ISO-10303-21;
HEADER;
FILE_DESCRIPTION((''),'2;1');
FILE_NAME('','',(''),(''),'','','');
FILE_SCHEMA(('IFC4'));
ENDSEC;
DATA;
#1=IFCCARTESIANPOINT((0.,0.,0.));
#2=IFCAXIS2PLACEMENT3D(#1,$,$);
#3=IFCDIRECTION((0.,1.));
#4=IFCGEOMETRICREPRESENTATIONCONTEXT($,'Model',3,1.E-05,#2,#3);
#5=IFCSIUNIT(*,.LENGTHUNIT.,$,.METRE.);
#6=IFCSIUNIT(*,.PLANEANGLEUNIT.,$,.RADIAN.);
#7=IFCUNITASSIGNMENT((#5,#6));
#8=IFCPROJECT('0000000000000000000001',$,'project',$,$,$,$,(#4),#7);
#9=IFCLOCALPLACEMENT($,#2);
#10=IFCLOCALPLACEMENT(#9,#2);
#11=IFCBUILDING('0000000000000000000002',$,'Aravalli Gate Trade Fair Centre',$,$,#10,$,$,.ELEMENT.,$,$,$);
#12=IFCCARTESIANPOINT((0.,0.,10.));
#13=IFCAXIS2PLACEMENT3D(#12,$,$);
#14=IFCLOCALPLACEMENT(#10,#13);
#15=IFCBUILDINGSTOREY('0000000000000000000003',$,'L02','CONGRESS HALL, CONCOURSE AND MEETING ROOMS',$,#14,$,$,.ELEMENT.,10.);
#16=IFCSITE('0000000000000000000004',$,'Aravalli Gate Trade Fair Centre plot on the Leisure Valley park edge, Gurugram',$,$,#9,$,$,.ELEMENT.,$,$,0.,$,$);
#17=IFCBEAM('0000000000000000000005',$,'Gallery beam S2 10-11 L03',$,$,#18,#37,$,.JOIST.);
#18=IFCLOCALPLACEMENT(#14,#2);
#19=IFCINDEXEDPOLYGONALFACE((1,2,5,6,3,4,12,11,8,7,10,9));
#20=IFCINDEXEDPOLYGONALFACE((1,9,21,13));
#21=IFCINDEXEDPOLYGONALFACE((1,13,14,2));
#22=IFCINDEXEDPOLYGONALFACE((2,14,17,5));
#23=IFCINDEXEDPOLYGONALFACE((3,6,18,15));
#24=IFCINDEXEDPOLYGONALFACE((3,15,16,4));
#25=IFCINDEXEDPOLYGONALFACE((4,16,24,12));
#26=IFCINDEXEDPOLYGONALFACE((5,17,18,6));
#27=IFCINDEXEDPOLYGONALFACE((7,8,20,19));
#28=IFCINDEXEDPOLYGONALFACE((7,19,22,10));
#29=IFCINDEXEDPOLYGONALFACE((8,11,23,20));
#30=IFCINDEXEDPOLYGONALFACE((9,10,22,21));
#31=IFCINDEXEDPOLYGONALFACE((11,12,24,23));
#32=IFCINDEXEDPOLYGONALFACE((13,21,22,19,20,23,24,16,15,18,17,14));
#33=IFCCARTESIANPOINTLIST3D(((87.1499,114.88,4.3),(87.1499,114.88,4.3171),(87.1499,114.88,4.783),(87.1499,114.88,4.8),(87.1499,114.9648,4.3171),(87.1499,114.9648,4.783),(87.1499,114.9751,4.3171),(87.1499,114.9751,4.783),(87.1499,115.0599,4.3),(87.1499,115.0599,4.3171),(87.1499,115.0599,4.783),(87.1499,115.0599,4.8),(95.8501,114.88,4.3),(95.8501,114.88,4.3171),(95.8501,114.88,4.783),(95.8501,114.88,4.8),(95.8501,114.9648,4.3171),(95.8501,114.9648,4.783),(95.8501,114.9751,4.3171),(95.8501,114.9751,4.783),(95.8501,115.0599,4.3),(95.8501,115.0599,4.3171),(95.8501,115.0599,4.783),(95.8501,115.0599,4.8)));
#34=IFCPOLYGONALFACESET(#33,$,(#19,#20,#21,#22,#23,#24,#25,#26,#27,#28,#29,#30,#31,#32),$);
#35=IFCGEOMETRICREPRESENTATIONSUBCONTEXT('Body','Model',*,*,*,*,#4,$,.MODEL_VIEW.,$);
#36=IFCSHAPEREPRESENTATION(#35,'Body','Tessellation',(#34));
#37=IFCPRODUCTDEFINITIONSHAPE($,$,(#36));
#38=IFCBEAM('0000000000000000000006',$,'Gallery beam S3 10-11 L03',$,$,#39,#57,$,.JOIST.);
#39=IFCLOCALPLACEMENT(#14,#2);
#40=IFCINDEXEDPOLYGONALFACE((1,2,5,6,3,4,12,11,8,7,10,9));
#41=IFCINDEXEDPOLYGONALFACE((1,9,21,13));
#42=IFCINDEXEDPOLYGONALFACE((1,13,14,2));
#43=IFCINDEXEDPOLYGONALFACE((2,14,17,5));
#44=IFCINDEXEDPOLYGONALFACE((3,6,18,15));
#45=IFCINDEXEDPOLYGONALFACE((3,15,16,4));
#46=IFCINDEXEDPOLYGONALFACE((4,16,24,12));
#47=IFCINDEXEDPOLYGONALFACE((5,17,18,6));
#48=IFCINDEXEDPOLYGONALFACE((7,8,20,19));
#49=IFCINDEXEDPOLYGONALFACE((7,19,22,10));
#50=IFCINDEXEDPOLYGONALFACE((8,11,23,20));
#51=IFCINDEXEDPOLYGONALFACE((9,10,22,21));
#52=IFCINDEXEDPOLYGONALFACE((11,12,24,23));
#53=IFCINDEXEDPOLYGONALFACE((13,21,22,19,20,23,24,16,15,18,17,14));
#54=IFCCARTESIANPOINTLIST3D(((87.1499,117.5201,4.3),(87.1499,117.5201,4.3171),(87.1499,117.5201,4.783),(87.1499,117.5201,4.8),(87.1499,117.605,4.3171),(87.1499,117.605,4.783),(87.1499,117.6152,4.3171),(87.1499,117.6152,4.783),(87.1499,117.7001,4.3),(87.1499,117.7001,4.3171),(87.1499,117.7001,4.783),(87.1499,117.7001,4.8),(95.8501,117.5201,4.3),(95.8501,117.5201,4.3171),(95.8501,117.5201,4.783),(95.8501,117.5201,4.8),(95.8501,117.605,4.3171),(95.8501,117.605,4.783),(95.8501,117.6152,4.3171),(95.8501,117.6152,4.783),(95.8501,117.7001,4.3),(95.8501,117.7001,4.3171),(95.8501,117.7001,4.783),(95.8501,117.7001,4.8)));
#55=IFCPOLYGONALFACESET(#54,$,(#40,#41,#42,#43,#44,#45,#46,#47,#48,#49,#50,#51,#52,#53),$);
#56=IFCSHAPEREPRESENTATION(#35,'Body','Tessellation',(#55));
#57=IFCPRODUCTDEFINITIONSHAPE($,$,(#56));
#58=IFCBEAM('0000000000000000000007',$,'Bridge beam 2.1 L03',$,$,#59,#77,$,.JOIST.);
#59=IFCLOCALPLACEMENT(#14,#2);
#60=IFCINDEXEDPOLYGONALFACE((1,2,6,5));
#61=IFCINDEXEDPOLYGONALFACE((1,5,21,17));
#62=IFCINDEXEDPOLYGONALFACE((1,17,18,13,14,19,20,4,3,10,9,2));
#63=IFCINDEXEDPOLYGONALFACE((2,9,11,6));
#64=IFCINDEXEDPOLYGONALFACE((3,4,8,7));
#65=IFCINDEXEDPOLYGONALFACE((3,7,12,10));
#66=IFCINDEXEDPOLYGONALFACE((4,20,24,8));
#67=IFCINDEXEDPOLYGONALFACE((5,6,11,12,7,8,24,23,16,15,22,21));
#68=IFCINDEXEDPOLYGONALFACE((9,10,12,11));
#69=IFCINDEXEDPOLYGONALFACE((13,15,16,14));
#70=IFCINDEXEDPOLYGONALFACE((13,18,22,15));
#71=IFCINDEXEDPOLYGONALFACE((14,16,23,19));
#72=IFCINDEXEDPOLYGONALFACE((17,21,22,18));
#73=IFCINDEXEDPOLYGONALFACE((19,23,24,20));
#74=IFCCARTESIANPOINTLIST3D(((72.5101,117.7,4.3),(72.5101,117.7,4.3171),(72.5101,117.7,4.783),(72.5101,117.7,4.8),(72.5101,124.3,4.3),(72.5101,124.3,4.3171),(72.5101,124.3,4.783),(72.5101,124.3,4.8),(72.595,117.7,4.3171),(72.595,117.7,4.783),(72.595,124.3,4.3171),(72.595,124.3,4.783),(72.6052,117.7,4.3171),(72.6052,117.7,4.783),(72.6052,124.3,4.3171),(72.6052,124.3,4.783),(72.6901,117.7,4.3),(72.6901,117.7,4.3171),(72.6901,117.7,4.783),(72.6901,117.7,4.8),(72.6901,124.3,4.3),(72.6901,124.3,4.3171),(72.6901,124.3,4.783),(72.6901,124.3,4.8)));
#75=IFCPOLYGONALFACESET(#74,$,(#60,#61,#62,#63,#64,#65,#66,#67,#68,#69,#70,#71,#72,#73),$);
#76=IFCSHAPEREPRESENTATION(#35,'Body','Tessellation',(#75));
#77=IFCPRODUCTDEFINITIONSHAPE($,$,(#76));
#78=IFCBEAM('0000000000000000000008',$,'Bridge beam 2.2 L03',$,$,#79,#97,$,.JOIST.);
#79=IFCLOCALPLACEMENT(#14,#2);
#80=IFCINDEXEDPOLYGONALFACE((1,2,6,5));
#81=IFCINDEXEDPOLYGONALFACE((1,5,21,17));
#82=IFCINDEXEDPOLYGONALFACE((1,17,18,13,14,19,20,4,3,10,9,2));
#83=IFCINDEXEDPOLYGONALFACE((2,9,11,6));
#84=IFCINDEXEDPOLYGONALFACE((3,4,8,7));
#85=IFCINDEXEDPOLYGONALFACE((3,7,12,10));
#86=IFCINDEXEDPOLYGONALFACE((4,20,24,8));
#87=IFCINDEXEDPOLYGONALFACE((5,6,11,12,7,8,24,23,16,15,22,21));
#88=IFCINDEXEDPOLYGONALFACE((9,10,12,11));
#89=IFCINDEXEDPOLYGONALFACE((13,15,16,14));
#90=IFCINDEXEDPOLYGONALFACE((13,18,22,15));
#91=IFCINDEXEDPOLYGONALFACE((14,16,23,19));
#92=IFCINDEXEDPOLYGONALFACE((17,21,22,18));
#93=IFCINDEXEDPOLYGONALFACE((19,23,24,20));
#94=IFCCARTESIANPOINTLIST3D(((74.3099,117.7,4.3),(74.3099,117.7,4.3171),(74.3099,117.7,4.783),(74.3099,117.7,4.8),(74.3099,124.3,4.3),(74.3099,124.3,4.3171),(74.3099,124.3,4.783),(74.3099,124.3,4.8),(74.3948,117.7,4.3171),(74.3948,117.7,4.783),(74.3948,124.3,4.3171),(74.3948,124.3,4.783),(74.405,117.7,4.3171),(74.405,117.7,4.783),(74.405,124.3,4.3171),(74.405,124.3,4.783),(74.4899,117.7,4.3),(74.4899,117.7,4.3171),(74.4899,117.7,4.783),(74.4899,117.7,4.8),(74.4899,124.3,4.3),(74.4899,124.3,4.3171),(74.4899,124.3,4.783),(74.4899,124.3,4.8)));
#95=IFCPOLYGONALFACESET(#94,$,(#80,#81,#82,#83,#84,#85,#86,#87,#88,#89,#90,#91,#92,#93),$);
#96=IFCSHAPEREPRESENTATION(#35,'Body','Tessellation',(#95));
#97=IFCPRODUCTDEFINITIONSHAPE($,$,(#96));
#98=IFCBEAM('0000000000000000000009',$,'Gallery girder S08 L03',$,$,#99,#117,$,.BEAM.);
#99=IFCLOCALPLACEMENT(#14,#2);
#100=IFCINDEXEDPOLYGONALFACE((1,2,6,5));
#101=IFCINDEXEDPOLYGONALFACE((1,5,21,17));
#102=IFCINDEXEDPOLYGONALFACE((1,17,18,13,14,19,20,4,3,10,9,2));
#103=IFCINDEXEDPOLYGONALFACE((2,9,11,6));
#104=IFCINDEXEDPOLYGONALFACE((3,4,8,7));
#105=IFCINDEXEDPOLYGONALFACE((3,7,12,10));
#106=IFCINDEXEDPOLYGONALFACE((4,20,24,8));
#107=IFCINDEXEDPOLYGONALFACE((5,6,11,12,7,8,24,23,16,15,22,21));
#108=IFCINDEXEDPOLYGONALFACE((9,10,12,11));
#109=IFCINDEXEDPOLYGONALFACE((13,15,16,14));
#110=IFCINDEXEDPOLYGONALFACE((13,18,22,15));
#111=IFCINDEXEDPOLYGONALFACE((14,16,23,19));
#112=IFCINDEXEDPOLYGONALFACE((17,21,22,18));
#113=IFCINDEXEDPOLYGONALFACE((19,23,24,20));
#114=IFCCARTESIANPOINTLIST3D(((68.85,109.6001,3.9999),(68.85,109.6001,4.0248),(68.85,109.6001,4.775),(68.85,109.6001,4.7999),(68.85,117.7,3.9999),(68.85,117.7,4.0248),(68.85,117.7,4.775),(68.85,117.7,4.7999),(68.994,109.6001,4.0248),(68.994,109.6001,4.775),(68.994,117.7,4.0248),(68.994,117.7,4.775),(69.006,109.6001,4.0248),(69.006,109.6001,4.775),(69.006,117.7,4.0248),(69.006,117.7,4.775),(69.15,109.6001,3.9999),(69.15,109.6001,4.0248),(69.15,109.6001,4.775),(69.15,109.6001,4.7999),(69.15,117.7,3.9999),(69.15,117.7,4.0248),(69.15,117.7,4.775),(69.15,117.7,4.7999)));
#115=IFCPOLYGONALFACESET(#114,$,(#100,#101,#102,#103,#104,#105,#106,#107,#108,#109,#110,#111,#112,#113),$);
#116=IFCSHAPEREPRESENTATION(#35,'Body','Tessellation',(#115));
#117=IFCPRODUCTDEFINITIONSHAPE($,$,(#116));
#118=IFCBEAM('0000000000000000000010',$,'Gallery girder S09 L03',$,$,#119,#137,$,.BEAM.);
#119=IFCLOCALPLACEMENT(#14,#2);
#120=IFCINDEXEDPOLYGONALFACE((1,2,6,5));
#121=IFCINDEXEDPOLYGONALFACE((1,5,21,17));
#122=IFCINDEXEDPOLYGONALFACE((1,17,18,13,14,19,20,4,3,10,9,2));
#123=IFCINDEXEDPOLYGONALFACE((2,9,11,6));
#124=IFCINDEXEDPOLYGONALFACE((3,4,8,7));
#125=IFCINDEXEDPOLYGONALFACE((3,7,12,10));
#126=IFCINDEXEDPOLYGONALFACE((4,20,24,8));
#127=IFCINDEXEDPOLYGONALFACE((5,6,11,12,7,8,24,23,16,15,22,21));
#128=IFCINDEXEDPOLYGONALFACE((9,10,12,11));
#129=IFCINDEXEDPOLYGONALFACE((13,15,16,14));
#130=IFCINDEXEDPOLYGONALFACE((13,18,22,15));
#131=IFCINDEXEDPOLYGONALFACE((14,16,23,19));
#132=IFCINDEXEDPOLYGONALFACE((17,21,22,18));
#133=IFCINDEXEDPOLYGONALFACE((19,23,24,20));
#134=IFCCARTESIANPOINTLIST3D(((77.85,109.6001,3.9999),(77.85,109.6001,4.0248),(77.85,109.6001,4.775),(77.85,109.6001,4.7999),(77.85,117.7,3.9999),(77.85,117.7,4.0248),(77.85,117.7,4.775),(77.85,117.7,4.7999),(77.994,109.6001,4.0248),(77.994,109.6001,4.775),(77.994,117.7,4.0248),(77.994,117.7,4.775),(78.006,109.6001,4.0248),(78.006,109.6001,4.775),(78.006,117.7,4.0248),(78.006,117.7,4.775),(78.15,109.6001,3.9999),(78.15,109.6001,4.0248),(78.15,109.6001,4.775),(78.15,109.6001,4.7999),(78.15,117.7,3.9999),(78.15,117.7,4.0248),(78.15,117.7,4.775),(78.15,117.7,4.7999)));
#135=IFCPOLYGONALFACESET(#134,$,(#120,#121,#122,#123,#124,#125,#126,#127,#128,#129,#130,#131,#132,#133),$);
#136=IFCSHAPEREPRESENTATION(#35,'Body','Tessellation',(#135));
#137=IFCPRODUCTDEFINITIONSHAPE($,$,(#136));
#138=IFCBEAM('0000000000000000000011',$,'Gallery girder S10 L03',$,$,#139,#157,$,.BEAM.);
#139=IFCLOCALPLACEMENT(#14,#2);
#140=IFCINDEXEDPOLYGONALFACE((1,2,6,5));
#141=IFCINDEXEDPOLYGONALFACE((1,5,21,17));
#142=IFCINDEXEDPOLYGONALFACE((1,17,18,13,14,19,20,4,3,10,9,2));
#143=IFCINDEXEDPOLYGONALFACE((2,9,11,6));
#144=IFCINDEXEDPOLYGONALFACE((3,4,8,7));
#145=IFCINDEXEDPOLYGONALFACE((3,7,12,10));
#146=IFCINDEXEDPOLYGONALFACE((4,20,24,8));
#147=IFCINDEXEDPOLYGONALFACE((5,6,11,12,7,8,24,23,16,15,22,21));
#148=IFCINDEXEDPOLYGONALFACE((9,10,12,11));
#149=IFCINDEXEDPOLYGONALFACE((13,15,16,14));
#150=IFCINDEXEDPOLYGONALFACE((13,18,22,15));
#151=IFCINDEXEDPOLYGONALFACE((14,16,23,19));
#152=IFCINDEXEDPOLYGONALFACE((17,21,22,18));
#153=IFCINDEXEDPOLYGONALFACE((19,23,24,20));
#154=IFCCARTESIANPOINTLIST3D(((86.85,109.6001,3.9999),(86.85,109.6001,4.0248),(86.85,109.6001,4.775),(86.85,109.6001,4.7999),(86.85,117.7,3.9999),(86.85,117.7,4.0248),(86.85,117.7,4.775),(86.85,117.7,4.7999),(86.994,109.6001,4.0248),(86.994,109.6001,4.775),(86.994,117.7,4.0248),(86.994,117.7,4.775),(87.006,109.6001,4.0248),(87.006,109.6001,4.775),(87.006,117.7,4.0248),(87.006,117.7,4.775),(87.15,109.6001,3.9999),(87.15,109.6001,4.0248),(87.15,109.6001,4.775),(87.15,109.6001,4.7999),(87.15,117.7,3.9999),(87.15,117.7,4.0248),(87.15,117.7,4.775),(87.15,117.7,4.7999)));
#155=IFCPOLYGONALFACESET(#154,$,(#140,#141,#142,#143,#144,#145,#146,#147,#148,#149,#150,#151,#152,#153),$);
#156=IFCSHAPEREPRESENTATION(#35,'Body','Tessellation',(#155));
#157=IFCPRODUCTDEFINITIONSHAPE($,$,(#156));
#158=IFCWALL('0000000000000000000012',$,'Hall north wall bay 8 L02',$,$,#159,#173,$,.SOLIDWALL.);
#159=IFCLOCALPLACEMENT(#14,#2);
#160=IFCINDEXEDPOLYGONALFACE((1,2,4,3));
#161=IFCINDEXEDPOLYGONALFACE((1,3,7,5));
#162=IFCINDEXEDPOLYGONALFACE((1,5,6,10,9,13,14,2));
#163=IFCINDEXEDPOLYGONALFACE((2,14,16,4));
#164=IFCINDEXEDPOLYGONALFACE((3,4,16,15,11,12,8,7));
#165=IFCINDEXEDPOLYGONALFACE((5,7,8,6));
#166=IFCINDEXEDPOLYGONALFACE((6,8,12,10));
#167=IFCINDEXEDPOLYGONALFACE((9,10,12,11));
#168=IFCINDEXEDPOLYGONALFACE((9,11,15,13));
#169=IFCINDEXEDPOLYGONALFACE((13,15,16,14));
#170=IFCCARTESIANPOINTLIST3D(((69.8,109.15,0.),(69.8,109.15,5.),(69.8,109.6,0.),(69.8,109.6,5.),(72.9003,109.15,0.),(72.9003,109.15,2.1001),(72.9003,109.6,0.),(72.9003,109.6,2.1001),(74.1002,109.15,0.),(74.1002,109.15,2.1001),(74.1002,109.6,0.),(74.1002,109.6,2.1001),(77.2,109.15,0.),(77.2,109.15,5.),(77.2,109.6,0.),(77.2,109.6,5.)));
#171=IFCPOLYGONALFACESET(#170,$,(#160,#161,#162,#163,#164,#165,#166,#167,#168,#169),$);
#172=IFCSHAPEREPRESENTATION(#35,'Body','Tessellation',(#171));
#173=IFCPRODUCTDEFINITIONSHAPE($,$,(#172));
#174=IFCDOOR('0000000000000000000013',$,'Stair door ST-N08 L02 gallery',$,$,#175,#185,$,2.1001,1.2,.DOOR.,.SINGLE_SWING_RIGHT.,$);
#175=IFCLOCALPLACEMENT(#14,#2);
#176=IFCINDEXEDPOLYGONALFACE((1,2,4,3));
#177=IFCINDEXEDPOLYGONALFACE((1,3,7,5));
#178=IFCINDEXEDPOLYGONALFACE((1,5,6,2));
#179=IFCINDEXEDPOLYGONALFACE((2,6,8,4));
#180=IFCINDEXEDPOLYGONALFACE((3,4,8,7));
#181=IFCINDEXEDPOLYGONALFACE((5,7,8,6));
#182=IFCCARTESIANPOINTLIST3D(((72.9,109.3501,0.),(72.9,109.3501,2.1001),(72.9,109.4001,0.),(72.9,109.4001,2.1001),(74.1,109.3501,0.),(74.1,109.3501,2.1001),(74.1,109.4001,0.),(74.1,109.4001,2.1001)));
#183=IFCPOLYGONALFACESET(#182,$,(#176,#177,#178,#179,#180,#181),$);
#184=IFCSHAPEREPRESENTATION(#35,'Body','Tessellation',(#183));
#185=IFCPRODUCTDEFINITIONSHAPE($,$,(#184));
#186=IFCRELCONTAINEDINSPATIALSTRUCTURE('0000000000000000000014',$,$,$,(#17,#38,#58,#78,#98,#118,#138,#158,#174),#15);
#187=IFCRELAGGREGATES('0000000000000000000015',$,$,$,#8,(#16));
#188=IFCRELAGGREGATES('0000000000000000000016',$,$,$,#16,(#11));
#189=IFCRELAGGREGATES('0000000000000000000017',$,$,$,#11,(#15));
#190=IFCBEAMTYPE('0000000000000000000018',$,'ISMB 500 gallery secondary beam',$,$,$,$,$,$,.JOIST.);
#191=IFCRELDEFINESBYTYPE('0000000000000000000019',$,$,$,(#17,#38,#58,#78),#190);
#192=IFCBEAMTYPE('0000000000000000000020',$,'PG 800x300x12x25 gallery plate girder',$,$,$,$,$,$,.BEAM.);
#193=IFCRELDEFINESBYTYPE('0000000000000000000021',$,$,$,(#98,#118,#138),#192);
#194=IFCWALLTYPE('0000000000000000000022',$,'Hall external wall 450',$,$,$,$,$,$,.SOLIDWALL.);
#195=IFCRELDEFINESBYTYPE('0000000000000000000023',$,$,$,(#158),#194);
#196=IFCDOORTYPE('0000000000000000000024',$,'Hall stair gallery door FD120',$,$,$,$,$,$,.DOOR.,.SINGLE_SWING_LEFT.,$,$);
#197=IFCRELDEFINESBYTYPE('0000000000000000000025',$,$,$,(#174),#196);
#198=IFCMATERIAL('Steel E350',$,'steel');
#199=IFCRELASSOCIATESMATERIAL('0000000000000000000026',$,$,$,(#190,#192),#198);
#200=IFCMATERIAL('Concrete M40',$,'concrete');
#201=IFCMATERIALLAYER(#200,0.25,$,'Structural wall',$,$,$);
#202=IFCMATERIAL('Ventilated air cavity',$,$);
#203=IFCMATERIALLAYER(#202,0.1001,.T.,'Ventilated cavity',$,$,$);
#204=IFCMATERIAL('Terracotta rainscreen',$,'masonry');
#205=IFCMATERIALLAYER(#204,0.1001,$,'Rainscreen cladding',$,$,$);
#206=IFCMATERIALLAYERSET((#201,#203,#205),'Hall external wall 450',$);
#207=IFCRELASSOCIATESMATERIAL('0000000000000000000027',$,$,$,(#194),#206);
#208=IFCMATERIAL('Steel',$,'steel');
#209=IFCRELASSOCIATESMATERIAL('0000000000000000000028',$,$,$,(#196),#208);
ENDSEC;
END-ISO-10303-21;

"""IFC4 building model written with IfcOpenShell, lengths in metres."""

from ifc_helpers import new_model, si_unit, direction, frame, frame_2d, origin, origin_2d, place, context, subcontext, project, spatial, rectangle, i_section, extrude, material, layer, layer_set, material_profile, profile_set, type_object, element, fill, save


model = new_model("IFC4")

# Units and contexts
model_context = context("Model", 3, precision=1e-05, world=origin(), true_north=direction((0.0, 1.0)))
body_context = subcontext(model_context, "Body", "Model", "MODEL_VIEW")
ifc_project = project(units=[si_unit("LENGTHUNIT", "METRE"), si_unit("PLANEANGLEUNIT", "RADIAN")], contexts=[model_context])

# Site, building, storey
site_placement = place(None, origin())
site = spatial("IfcSite", under=ifc_project, at=site_placement, Name="Aravalli Gate Trade Fair Centre plot on the Leisure Valley park edge, Gurugram", CompositionType="ELEMENT", RefElevation=0.0)
building_placement = place(site_placement, origin())
building = spatial("IfcBuilding", under=site, at=building_placement, Name="Aravalli Gate Trade Fair Centre", CompositionType="ELEMENT")
storey_placement = place(building_placement, frame((0.0, 0.0, 10.0)))
storey = spatial("IfcBuildingStorey", under=building, at=storey_placement, Name="L02", Description="CONGRESS HALL, CONCOURSE AND MEETING ROOMS", CompositionType="ELEMENT", Elevation=10.0)

# Beams
ifc_material_1 = material(Name="Steel E350", Category="steel")
ifc_material_profile_1 = material_profile(ifc_material_1, i_section(OverallWidth=0.1799, OverallDepth=0.5, WebThickness=0.0103, FlangeThickness=0.0171, at=origin_2d()), Name="ISMB 500")
ifc_profile_set_1 = profile_set([ifc_material_profile_1], Name="Steel E350")
beam_type_1 = type_object("IfcBeamType", Name="ISMB 500 gallery secondary beam", PredefinedType="JOIST", material=ifc_profile_set_1)
for number, where, z_axis, x_axis, name in (
    (1, (87.1499, 114.97, 4.55), (1.0, 0.0, 0.0), (0.0, 1.0, 0.0), "Gallery beam S2 10-11 L03"),
    (2, (87.1499, 117.6101, 4.55), (1.0, 0.0, 0.0), (0.0, 1.0, 0.0), "Gallery beam S3 10-11 L03"),
):
    element("IfcBeam", number, at=place(storey_placement, frame(where, z_axis=z_axis, x_axis=x_axis)), inside=storey, type_object=beam_type_1, Name=name, PredefinedType="JOIST", context=body_context, shape_type="SweptSolid", body=[
        extrude(i_section(OverallWidth=0.1799, OverallDepth=0.5, WebThickness=0.0103, FlangeThickness=0.0171, at=origin_2d()), origin(), (0.0, 0.0, 1.0), 8.7002),
    ])
for number, where, z_axis, x_axis, name in (
    (3, (72.6001, 117.7, 4.55), (0.0, 1.0, 0.0), (-1.0, 0.0, 0.0), "Bridge beam 2.1 L03"),
    (4, (74.3999, 117.7, 4.55), (0.0, 1.0, 0.0), (-1.0, 0.0, 0.0), "Bridge beam 2.2 L03"),
):
    element("IfcBeam", number, at=place(storey_placement, frame(where, z_axis=z_axis, x_axis=x_axis)), inside=storey, type_object=beam_type_1, Name=name, PredefinedType="JOIST", context=body_context, shape_type="SweptSolid", body=[
        extrude(i_section(OverallWidth=0.1799, OverallDepth=0.5, WebThickness=0.0103, FlangeThickness=0.0171, at=origin_2d()), origin(), (0.0, 0.0, 1.0), 6.6001),
    ])
ifc_material_profile_2 = material_profile(ifc_material_1, i_section(OverallWidth=0.3, OverallDepth=0.8, WebThickness=0.012, FlangeThickness=0.0249, at=origin_2d()), Name="PG 800x300x12x25")
ifc_profile_set_2 = profile_set([ifc_material_profile_2], Name="Steel E350")
beam_type_2 = type_object("IfcBeamType", Name="PG 800x300x12x25 gallery plate girder", PredefinedType="BEAM", material=ifc_profile_set_2)
for number, where, z_axis, x_axis, name in (
    (5, (69.0, 109.6001, 4.3999), (0.0, 1.0, 0.0), (-1.0, 0.0, 0.0), "Gallery girder S08 L03"),
    (6, (78.0, 109.6001, 4.3999), (0.0, 1.0, 0.0), (-1.0, 0.0, 0.0), "Gallery girder S09 L03"),
    (7, (87.0, 109.6001, 4.3999), (0.0, 1.0, 0.0), (-1.0, 0.0, 0.0), "Gallery girder S10 L03"),
):
    element("IfcBeam", number, at=place(storey_placement, frame(where, z_axis=z_axis, x_axis=x_axis)), inside=storey, type_object=beam_type_2, Name=name, PredefinedType="BEAM", context=body_context, shape_type="SweptSolid", body=[
        extrude(i_section(OverallWidth=0.3, OverallDepth=0.8, WebThickness=0.012, FlangeThickness=0.0249, at=origin_2d()), origin(), (0.0, 0.0, 1.0), 8.0999),
    ])

# Wall, opening, door
ifc_material_2 = material(Name="Concrete M40", Category="concrete")
ifc_layer_1 = layer(ifc_material_2, 0.25, Name="Structural wall")
ifc_material_3 = material(Name="Ventilated air cavity")
ifc_layer_2 = layer(ifc_material_3, 0.1001, ventilated=True, Name="Ventilated cavity")
ifc_material_4 = material(Name="Terracotta rainscreen", Category="masonry")
ifc_layer_3 = layer(ifc_material_4, 0.1001, Name="Rainscreen cladding")
ifc_layer_set_1 = layer_set([ifc_layer_1, ifc_layer_2, ifc_layer_3], Name="Hall external wall 450")
wall_type_1 = type_object("IfcWallType", Name="Hall external wall 450", PredefinedType="SOLIDWALL", material=ifc_layer_set_1)
wall_1_placement = place(storey_placement, frame((69.8, 109.375, 0.0), z_axis=(0.0, 0.0, 1.0), x_axis=(1.0, 0.0, 0.0)))
wall_1 = element("IfcWall", 8, at=wall_1_placement, inside=storey, type_object=wall_type_1, Name="Hall north wall bay 8 L02", PredefinedType="SOLIDWALL", context=body_context, shape_type="SweptSolid", body=[
    extrude(rectangle(XDim=7.3999, YDim=0.45, at=frame_2d((3.7, 0.0))), origin(), (0.0, 0.0, 1.0), 5.0),
])
opening_1_placement = place(wall_1_placement, frame((3.1001, 0.0, 0.0)))
opening_1 = element("IfcOpeningElement", 9, at=opening_1_placement, cuts=wall_1, PredefinedType="OPENING", context=body_context, shape_type="SweptSolid", body=[
    extrude(rectangle(XDim=1.2, YDim=2.1001, at=frame_2d((0.6001, 1.05))), frame((0.0, 0.2349, 0.0), z_axis=(0.0, -1.0, 0.0), x_axis=(1.0, 0.0, 0.0)), (0.0, 0.0, 1.0), 0.47),
])
ifc_material_5 = material(Name="Steel", Category="steel")
door_type_1 = type_object("IfcDoorType", Name="Hall stair gallery door FD120", OperationType="SINGLE_SWING_LEFT", PredefinedType="DOOR", material=ifc_material_5)
door_1_placement = place(opening_1_placement, frame((1.2, 0.0, 0.0), z_axis=(0.0, 0.0, 1.0), x_axis=(-1.0, 0.0, 0.0)))
door_1 = element("IfcDoor", 10, at=door_1_placement, inside=storey, type_object=door_type_1, Name="Stair door ST-N08 L02 gallery", OperationType="SINGLE_SWING_RIGHT", OverallHeight=2.1001, OverallWidth=1.2, PredefinedType="DOOR", context=body_context, shape_type="SweptSolid", body=[
    extrude(rectangle(XDim=1.2, YDim=2.1001, at=frame_2d((0.6001, 1.05))), frame((0.0, 0.0249, 0.0), z_axis=(0.0, -1.0, 0.0), x_axis=(1.0, 0.0, 0.0)), (0.0, 0.0, 1.0), 0.05),
])
fill(opening_1, door_1)

save(model, "model.ifc")
